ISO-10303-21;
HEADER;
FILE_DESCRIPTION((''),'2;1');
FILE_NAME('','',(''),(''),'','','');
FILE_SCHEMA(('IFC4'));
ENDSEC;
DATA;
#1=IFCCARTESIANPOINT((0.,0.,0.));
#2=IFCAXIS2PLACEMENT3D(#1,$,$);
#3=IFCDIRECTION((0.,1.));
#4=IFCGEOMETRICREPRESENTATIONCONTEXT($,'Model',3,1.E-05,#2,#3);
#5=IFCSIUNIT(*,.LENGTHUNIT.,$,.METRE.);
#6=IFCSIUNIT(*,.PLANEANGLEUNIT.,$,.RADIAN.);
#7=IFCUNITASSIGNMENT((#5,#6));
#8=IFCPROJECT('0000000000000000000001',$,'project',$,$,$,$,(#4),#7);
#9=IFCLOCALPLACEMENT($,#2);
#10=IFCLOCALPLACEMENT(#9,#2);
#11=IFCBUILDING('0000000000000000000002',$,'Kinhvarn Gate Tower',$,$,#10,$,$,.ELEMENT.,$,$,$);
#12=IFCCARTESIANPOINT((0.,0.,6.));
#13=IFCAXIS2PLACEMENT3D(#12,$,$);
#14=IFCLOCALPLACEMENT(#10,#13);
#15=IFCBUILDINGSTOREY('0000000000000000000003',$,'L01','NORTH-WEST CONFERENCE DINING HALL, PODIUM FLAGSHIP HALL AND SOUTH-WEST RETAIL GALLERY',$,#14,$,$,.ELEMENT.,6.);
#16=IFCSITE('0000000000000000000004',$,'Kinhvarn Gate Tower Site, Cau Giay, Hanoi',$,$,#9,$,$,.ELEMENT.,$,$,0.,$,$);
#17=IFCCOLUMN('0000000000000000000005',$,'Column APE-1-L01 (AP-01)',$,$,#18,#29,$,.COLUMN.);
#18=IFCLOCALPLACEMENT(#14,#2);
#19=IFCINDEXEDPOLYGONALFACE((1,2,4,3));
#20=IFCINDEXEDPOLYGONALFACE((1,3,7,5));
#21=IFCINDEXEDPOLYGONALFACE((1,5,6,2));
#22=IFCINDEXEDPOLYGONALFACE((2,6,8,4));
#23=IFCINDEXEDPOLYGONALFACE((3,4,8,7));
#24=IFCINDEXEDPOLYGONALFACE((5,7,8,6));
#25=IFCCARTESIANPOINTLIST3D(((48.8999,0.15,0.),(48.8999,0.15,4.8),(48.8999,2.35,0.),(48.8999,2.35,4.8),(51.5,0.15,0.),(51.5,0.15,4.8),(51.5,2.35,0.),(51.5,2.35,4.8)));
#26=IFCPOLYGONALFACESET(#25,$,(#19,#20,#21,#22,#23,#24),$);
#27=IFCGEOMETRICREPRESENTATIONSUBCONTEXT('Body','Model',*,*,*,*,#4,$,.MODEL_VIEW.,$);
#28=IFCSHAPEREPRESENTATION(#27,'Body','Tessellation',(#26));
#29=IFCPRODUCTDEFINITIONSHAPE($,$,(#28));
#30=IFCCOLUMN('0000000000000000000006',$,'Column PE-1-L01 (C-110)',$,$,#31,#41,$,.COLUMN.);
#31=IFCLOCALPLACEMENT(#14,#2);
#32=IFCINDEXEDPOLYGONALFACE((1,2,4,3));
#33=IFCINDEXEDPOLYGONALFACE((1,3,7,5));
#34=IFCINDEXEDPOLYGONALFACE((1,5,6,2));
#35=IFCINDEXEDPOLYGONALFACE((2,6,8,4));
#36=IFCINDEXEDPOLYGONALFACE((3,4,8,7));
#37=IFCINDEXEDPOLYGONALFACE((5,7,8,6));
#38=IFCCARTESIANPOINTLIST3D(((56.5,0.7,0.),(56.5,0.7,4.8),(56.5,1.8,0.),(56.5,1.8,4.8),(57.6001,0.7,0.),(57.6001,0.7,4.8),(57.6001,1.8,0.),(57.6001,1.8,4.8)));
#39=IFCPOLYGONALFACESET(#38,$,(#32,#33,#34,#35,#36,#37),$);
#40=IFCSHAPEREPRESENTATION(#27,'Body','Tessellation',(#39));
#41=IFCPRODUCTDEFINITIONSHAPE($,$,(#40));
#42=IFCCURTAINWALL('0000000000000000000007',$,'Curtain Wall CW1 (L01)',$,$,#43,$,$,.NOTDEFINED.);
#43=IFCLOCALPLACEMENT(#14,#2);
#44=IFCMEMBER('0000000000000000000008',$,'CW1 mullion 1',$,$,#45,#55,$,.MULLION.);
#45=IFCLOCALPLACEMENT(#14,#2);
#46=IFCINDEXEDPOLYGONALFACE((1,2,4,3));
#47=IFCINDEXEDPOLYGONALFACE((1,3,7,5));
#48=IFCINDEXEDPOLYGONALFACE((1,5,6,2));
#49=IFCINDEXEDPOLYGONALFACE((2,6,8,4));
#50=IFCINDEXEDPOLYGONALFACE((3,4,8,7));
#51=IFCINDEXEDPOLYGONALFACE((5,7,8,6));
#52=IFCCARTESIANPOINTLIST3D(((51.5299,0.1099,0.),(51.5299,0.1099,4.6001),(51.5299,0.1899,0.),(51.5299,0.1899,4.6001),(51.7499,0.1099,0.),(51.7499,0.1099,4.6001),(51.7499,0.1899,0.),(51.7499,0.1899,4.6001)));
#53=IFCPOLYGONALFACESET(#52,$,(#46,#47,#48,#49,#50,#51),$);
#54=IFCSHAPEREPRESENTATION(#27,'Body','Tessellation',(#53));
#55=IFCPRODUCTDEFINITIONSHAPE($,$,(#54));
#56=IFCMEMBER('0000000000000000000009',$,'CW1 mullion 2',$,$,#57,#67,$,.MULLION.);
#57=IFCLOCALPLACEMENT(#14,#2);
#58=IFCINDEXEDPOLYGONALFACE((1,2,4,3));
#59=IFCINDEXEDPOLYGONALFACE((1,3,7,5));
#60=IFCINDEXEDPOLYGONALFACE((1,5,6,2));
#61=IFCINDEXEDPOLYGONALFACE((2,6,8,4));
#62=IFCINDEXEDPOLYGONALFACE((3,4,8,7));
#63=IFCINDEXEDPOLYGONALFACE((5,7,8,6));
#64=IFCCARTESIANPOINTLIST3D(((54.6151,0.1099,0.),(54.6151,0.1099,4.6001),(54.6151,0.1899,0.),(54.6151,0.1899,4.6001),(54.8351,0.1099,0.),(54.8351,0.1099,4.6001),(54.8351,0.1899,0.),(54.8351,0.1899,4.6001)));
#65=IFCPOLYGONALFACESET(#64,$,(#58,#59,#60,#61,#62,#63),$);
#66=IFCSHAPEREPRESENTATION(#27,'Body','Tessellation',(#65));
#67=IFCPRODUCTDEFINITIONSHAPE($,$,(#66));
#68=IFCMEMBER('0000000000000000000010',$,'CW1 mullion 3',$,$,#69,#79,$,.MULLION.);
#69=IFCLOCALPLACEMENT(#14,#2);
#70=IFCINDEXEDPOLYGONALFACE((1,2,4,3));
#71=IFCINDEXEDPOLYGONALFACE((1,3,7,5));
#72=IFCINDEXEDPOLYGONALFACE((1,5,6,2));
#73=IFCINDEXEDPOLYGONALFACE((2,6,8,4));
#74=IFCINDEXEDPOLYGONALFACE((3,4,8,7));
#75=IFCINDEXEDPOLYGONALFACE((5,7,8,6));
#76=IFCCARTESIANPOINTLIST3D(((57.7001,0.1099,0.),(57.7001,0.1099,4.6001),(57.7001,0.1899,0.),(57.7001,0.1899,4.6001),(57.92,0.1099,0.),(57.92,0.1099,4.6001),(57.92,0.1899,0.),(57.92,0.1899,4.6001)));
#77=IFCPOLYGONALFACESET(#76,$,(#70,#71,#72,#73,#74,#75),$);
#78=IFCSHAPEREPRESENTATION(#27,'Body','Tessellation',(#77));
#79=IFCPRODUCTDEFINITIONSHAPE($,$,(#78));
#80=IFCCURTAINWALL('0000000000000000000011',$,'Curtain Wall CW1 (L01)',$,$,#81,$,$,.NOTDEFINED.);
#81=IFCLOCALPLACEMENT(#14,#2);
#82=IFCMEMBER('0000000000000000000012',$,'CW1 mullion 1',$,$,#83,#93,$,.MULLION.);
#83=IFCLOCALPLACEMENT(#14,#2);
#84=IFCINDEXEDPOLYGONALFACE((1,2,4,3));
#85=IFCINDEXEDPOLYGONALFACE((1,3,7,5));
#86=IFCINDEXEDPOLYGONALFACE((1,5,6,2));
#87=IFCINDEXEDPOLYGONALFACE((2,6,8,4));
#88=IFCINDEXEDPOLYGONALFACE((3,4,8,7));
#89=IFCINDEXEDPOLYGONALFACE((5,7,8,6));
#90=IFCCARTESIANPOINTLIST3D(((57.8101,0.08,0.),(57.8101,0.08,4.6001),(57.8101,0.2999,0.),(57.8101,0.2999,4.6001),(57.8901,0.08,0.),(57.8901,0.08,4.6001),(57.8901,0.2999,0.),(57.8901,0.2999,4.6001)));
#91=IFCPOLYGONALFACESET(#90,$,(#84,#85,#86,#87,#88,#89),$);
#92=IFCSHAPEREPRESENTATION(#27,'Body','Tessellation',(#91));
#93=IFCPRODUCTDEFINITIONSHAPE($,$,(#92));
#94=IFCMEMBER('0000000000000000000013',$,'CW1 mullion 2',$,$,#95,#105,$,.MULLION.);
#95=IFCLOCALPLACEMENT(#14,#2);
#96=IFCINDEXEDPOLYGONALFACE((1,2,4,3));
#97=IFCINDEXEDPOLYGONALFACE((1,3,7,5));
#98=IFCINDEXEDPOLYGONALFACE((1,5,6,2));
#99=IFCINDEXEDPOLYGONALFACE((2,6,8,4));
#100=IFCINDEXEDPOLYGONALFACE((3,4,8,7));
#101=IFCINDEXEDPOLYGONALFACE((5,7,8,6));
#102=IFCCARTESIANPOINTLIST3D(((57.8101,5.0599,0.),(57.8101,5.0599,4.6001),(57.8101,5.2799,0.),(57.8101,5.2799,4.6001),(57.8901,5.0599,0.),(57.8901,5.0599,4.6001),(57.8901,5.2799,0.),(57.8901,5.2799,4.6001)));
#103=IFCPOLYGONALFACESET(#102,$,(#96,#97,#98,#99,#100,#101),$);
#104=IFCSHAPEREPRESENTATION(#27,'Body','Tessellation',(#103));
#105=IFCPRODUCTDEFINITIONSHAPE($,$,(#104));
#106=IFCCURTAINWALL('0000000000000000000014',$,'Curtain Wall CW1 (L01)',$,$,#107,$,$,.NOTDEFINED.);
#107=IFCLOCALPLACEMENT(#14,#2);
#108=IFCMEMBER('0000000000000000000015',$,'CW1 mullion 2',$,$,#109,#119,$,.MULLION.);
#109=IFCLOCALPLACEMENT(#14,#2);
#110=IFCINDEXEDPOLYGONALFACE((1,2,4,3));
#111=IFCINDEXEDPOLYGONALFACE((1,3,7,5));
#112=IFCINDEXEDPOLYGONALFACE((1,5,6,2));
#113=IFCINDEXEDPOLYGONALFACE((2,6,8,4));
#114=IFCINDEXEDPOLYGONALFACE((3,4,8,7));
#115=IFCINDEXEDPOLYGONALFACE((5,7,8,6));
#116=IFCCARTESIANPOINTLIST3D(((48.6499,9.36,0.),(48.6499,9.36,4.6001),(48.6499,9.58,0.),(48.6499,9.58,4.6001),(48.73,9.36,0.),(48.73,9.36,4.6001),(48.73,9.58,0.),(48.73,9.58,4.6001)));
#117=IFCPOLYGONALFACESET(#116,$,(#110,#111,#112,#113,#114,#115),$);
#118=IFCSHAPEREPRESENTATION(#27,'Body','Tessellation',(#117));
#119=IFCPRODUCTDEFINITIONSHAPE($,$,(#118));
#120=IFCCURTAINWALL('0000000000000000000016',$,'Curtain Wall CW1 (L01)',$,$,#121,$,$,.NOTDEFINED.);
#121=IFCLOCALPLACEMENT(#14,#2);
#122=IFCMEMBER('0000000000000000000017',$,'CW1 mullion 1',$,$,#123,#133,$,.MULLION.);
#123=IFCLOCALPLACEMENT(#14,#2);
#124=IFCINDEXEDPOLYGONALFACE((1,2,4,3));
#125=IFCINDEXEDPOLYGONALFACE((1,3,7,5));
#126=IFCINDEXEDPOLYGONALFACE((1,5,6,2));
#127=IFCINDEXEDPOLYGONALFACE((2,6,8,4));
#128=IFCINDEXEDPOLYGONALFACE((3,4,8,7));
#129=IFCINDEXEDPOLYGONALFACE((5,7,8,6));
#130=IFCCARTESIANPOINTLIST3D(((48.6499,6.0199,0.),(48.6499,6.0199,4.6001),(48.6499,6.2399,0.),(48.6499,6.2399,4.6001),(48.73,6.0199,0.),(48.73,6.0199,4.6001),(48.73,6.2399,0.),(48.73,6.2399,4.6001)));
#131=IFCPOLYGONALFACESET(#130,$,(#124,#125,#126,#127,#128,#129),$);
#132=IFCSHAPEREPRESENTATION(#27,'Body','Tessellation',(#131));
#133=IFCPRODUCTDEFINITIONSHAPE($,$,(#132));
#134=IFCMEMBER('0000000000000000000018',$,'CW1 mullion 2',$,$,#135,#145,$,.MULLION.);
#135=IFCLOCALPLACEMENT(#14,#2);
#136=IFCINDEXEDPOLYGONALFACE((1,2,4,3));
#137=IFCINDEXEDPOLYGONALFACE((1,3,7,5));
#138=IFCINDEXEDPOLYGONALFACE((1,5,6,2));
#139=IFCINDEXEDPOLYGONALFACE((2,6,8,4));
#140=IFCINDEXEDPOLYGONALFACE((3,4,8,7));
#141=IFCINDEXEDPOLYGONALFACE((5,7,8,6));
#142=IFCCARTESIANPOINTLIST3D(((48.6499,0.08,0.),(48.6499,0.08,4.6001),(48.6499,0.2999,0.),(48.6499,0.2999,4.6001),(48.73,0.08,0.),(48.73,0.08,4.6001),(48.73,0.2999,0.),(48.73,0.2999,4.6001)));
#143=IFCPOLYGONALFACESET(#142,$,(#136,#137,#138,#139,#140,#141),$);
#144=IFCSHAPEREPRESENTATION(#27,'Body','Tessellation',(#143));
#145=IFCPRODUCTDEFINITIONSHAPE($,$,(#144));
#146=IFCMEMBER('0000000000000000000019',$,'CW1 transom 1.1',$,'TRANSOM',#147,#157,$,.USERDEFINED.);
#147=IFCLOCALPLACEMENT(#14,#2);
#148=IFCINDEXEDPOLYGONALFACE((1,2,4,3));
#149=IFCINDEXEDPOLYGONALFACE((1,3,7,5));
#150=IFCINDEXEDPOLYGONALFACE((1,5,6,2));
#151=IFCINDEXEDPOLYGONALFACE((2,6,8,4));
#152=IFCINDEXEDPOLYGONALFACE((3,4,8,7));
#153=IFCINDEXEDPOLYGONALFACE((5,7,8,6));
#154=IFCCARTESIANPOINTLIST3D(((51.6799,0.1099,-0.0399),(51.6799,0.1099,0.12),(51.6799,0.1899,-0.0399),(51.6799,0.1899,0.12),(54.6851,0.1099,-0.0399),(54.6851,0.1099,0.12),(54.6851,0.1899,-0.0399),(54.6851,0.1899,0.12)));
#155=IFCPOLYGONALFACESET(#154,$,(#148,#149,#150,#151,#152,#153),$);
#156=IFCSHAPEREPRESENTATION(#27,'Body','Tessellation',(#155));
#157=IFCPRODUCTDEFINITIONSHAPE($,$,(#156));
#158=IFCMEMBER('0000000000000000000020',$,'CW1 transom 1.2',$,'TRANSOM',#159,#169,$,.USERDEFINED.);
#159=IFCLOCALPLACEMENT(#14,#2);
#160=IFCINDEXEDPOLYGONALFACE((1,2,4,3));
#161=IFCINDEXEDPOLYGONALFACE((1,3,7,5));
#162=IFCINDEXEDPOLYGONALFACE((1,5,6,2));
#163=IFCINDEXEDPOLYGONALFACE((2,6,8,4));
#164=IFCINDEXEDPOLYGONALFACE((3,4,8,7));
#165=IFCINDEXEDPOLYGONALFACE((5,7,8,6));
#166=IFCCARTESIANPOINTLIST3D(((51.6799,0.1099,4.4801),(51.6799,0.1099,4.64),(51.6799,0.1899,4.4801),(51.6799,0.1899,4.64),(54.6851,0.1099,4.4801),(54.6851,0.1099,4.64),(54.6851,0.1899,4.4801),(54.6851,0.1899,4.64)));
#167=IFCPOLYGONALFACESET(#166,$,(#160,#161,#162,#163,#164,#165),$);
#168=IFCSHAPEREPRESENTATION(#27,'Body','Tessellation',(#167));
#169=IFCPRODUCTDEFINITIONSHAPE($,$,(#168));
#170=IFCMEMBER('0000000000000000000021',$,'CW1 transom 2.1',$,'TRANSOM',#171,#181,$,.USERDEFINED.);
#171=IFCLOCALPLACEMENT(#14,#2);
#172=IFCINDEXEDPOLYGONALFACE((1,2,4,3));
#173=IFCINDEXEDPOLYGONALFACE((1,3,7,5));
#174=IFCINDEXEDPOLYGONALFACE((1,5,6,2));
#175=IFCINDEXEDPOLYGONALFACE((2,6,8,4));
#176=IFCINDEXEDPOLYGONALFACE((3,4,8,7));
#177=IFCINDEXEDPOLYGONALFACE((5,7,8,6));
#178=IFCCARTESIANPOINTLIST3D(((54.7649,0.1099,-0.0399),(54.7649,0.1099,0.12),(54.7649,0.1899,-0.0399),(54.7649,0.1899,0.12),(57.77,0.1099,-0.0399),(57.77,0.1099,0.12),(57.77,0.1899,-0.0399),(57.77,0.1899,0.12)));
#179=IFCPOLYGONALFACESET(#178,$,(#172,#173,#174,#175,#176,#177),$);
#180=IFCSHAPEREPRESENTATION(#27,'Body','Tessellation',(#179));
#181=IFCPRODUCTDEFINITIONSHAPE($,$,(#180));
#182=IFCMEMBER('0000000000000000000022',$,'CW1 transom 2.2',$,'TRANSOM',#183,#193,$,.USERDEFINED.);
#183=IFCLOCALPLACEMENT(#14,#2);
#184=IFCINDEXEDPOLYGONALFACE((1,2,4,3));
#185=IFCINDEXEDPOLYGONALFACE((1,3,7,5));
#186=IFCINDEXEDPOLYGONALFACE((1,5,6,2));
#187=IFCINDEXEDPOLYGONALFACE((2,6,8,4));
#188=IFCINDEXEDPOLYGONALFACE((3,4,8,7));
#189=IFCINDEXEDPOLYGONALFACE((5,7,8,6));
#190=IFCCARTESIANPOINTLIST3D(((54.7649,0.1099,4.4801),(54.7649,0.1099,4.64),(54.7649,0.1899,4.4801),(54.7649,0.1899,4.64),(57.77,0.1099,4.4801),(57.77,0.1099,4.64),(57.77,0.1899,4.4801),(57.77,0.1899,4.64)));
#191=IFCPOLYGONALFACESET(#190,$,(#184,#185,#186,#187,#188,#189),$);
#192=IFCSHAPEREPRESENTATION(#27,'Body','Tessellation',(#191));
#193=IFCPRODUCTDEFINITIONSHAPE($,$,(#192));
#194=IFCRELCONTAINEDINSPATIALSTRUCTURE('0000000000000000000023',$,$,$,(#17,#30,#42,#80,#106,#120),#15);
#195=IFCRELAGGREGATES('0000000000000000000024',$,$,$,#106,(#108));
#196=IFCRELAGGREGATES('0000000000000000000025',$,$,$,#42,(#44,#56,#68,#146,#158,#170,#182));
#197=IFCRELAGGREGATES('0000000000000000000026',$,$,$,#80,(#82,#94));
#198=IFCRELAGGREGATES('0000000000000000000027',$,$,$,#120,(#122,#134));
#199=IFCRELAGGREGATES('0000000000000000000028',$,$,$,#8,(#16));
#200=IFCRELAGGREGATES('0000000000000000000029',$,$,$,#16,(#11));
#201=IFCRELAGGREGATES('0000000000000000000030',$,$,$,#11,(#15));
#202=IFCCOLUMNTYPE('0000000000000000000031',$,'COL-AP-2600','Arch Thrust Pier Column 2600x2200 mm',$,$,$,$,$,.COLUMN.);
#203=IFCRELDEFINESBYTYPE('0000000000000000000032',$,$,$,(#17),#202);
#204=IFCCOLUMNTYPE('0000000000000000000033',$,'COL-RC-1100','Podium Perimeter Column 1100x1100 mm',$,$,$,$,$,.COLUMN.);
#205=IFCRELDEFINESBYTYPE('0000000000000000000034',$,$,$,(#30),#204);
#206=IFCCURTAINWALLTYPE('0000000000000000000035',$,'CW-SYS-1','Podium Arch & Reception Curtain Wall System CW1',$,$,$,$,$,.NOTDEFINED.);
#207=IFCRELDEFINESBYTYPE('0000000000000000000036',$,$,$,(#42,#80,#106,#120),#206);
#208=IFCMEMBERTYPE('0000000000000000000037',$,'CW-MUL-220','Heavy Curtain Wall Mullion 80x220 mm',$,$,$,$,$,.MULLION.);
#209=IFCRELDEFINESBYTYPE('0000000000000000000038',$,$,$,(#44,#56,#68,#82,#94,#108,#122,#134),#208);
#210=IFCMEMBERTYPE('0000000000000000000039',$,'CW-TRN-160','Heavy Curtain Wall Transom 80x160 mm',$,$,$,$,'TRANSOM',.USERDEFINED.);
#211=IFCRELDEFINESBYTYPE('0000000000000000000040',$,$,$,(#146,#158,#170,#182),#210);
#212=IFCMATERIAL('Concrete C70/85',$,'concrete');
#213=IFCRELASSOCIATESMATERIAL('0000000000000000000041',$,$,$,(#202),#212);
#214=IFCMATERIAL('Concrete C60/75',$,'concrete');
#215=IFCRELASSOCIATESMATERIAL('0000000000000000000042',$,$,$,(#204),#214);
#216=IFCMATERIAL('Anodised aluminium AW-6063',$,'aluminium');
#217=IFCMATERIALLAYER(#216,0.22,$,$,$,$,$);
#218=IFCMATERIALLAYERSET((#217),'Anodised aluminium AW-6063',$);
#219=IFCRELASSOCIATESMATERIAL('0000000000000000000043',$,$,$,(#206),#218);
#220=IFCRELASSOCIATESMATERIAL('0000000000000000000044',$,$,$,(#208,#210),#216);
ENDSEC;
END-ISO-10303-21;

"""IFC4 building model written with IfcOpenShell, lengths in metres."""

from ifc_helpers import new_model, si_unit, direction, frame, origin, origin_2d, place, context, subcontext, project, spatial, rectangle, extrude, material, layer, layer_set, material_profile, profile_set, type_object, element, aggregate, save


model = new_model("IFC4")

# Units and contexts
model_context = context("Model", 3, precision=1e-05, world=origin(), true_north=direction((0.0, 1.0)))
body_context = subcontext(model_context, "Body", "Model", "MODEL_VIEW")
ifc_project = project(units=[si_unit("LENGTHUNIT", "METRE"), si_unit("PLANEANGLEUNIT", "RADIAN")], contexts=[model_context])

# Site, building, storey
site_placement = place(None, origin())
site = spatial("IfcSite", under=ifc_project, at=site_placement, Name="Kinhvarn Gate Tower Site, Cau Giay, Hanoi", CompositionType="ELEMENT", RefElevation=0.0)
building_placement = place(site_placement, origin())
building = spatial("IfcBuilding", under=site, at=building_placement, Name="Kinhvarn Gate Tower", CompositionType="ELEMENT")
storey_placement = place(building_placement, frame((0.0, 0.0, 6.0)))
storey = spatial("IfcBuildingStorey", under=building, at=storey_placement, Name="L01", Description="NORTH-WEST CONFERENCE DINING HALL, PODIUM FLAGSHIP HALL AND SOUTH-WEST RETAIL GALLERY", CompositionType="ELEMENT", Elevation=6.0)

# Columns
ifc_material_1 = material(Name="Concrete C70/85", Category="concrete")
ifc_material_profile_1 = material_profile(ifc_material_1, rectangle(XDim=2.6001, YDim=2.2, at=origin_2d()), Name="RC 2600x2200")
ifc_profile_set_1 = profile_set([ifc_material_profile_1], Name="Concrete C70/85")
column_type_1 = type_object("IfcColumnType", Name="COL-AP-2600", Description="Arch Thrust Pier Column 2600x2200 mm", PredefinedType="COLUMN", material=ifc_profile_set_1)
column_1_placement = place(storey_placement, frame((50.2, 1.25, 0.0), z_axis=(0.0, 0.0, 1.0), x_axis=(1.0, 0.0, 0.0)))
element("IfcColumn", 1, at=column_1_placement, inside=storey, type_object=column_type_1, Name="Column APE-1-L01 (AP-01)", PredefinedType="COLUMN", context=body_context, shape_type="SweptSolid", body=[
    extrude(rectangle(XDim=2.6001, YDim=2.2, at=origin_2d()), origin(), (0.0, 0.0, 1.0), 4.8),
])
ifc_material_2 = material(Name="Concrete C60/75", Category="concrete")
ifc_material_profile_2 = material_profile(ifc_material_2, rectangle(XDim=1.1001, YDim=1.1001, at=origin_2d()), Name="RC 1100x1100")
ifc_profile_set_2 = profile_set([ifc_material_profile_2], Name="Concrete C60/75")
column_type_2 = type_object("IfcColumnType", Name="COL-RC-1100", Description="Podium Perimeter Column 1100x1100 mm", PredefinedType="COLUMN", material=ifc_profile_set_2)
column_2_placement = place(storey_placement, frame((57.05, 1.25, 0.0), z_axis=(0.0, 0.0, 1.0), x_axis=(1.0, 0.0, 0.0)))
element("IfcColumn", 2, at=column_2_placement, inside=storey, type_object=column_type_2, Name="Column PE-1-L01 (C-110)", PredefinedType="COLUMN", context=body_context, shape_type="SweptSolid", body=[
    extrude(rectangle(XDim=1.1001, YDim=1.1001, at=origin_2d()), origin(), (0.0, 0.0, 1.0), 4.8),
])

# Curtain walls, members
ifc_material_3 = material(Name="Anodised aluminium AW-6063", Category="aluminium")
ifc_layer_1 = layer(ifc_material_3, 0.22)
ifc_layer_set_1 = layer_set([ifc_layer_1], Name="Anodised aluminium AW-6063")
curtain_wall_type = type_object("IfcCurtainWallType", Name="CW-SYS-1", Description="Podium Arch & Reception Curtain Wall System CW1", PredefinedType="NOTDEFINED", material=ifc_layer_set_1)
curtain_wall_1_placement = place(storey_placement, origin())
curtain_wall_1 = element("IfcCurtainWall", 3, at=curtain_wall_1_placement, inside=storey, type_object=curtain_wall_type, Name="Curtain Wall CW1 (L01)", PredefinedType="NOTDEFINED")
ifc_material_profile_3 = material_profile(ifc_material_3, rectangle(XDim=0.0801, YDim=0.22, at=origin_2d()), Name="ALU 80x220")
ifc_profile_set_3 = profile_set([ifc_material_profile_3], Name="Anodised aluminium AW-6063")
member_type_1 = type_object("IfcMemberType", Name="CW-MUL-220", Description="Heavy Curtain Wall Mullion 80x220 mm", PredefinedType="MULLION", material=ifc_profile_set_3)
member_1_placement = place(storey_placement, frame((51.6399, 0.1499, 0.0), z_axis=(0.0, 0.0, 1.0), x_axis=(0.0, 1.0, 0.0)))
member_1 = element("IfcMember", 4, at=member_1_placement, type_object=member_type_1, Name="CW1 mullion 1", PredefinedType="MULLION", context=body_context, shape_type="SweptSolid", body=[
    extrude(rectangle(XDim=0.0801, YDim=0.22, at=origin_2d()), origin(), (0.0, 0.0, 1.0), 4.6001),
])
member_2_placement = place(storey_placement, frame((54.7251, 0.1499, 0.0), z_axis=(0.0, 0.0, 1.0), x_axis=(0.0, 1.0, 0.0)))
member_2 = element("IfcMember", 5, at=member_2_placement, type_object=member_type_1, Name="CW1 mullion 2", PredefinedType="MULLION", context=body_context, shape_type="SweptSolid", body=[
    extrude(rectangle(XDim=0.0801, YDim=0.22, at=origin_2d()), origin(), (0.0, 0.0, 1.0), 4.6001),
])
member_3_placement = place(storey_placement, frame((57.8101, 0.1499, 0.0), z_axis=(0.0, 0.0, 1.0), x_axis=(0.0, 1.0, 0.0)))
member_3 = element("IfcMember", 6, at=member_3_placement, type_object=member_type_1, Name="CW1 mullion 3", PredefinedType="MULLION", context=body_context, shape_type="SweptSolid", body=[
    extrude(rectangle(XDim=0.0801, YDim=0.22, at=origin_2d()), origin(), (0.0, 0.0, 1.0), 4.6001),
])
curtain_wall_2_placement = place(storey_placement, origin())
curtain_wall_2 = element("IfcCurtainWall", 7, at=curtain_wall_2_placement, inside=storey, type_object=curtain_wall_type, Name="Curtain Wall CW1 (L01)", PredefinedType="NOTDEFINED")
member_4_placement = place(storey_placement, frame((57.8501, 0.1899, 0.0), z_axis=(0.0, 0.0, 1.0), x_axis=(-1.0, 0.0, 0.0)))
member_4 = element("IfcMember", 8, at=member_4_placement, type_object=member_type_1, Name="CW1 mullion 1", PredefinedType="MULLION", context=body_context, shape_type="SweptSolid", body=[
    extrude(rectangle(XDim=0.0801, YDim=0.22, at=origin_2d()), origin(), (0.0, 0.0, 1.0), 4.6001),
])
member_5_placement = place(storey_placement, frame((57.8501, 5.1699, 0.0), z_axis=(0.0, 0.0, 1.0), x_axis=(-1.0, 0.0, 0.0)))
member_5 = element("IfcMember", 9, at=member_5_placement, type_object=member_type_1, Name="CW1 mullion 2", PredefinedType="MULLION", context=body_context, shape_type="SweptSolid", body=[
    extrude(rectangle(XDim=0.0801, YDim=0.22, at=origin_2d()), origin(), (0.0, 0.0, 1.0), 4.6001),
])

# Curtain wall, member
curtain_wall_3_placement = place(storey_placement, origin())
curtain_wall_3 = element("IfcCurtainWall", 10, at=curtain_wall_3_placement, inside=storey, type_object=curtain_wall_type, Name="Curtain Wall CW1 (L01)", PredefinedType="NOTDEFINED")
member_6_placement = place(storey_placement, frame((48.6899, 9.47, 0.0), z_axis=(0.0, 0.0, 1.0), x_axis=(1.0, 0.0, 0.0)))
member_6 = element("IfcMember", 11, at=member_6_placement, type_object=member_type_1, Name="CW1 mullion 2", PredefinedType="MULLION", context=body_context, shape_type="SweptSolid", body=[
    extrude(rectangle(XDim=0.0801, YDim=0.22, at=origin_2d()), origin(), (0.0, 0.0, 1.0), 4.6001),
])
aggregate(curtain_wall_3, [member_6])

# Curtain wall, members
curtain_wall_4_placement = place(storey_placement, origin())
curtain_wall_4 = element("IfcCurtainWall", 12, at=curtain_wall_4_placement, inside=storey, type_object=curtain_wall_type, Name="Curtain Wall CW1 (L01)", PredefinedType="NOTDEFINED")
member_7_placement = place(storey_placement, frame((48.6899, 6.1299, 0.0), z_axis=(0.0, 0.0, 1.0), x_axis=(1.0, 0.0, 0.0)))
member_7 = element("IfcMember", 13, at=member_7_placement, type_object=member_type_1, Name="CW1 mullion 1", PredefinedType="MULLION", context=body_context, shape_type="SweptSolid", body=[
    extrude(rectangle(XDim=0.0801, YDim=0.22, at=origin_2d()), origin(), (0.0, 0.0, 1.0), 4.6001),
])
member_8_placement = place(storey_placement, frame((48.6899, 0.1899, 0.0), z_axis=(0.0, 0.0, 1.0), x_axis=(1.0, 0.0, 0.0)))
member_8 = element("IfcMember", 14, at=member_8_placement, type_object=member_type_1, Name="CW1 mullion 2", PredefinedType="MULLION", context=body_context, shape_type="SweptSolid", body=[
    extrude(rectangle(XDim=0.0801, YDim=0.22, at=origin_2d()), origin(), (0.0, 0.0, 1.0), 4.6001),
])

# Members
ifc_material_profile_4 = material_profile(ifc_material_3, rectangle(XDim=0.0801, YDim=0.1599, at=origin_2d()), Name="ALU 80x160")
ifc_profile_set_4 = profile_set([ifc_material_profile_4], Name="Anodised aluminium AW-6063")
member_type_2 = type_object("IfcMemberType", Name="CW-TRN-160", Description="Heavy Curtain Wall Transom 80x160 mm", ElementType="TRANSOM", PredefinedType="USERDEFINED", material=ifc_profile_set_4)
member_9_placement = place(storey_placement, frame((51.6799, 0.1499, 0.04), z_axis=(1.0, 0.0, 0.0), x_axis=(0.0, 1.0, 0.0)))
member_9 = element("IfcMember", 15, at=member_9_placement, type_object=member_type_2, Name="CW1 transom 1.1", ObjectType="TRANSOM", PredefinedType="USERDEFINED", context=body_context, shape_type="SweptSolid", body=[
    extrude(rectangle(XDim=0.0801, YDim=0.1599, at=origin_2d()), origin(), (0.0, 0.0, 1.0), 3.0051),
])
member_10_placement = place(storey_placement, frame((51.6799, 0.1499, 4.5601), z_axis=(1.0, 0.0, 0.0), x_axis=(0.0, 1.0, 0.0)))
member_10 = element("IfcMember", 16, at=member_10_placement, type_object=member_type_2, Name="CW1 transom 1.2", ObjectType="TRANSOM", PredefinedType="USERDEFINED", context=body_context, shape_type="SweptSolid", body=[
    extrude(rectangle(XDim=0.0801, YDim=0.1599, at=origin_2d()), origin(), (0.0, 0.0, 1.0), 3.0051),
])
member_11_placement = place(storey_placement, frame((54.7649, 0.1499, 0.04), z_axis=(1.0, 0.0, 0.0), x_axis=(0.0, 1.0, 0.0)))
member_11 = element("IfcMember", 17, at=member_11_placement, type_object=member_type_2, Name="CW1 transom 2.1", ObjectType="TRANSOM", PredefinedType="USERDEFINED", context=body_context, shape_type="SweptSolid", body=[
    extrude(rectangle(XDim=0.0801, YDim=0.1599, at=origin_2d()), origin(), (0.0, 0.0, 1.0), 3.0051),
])
member_12_placement = place(storey_placement, frame((54.7649, 0.1499, 4.5601), z_axis=(1.0, 0.0, 0.0), x_axis=(0.0, 1.0, 0.0)))
member_12 = element("IfcMember", 18, at=member_12_placement, type_object=member_type_2, Name="CW1 transom 2.2", ObjectType="TRANSOM", PredefinedType="USERDEFINED", context=body_context, shape_type="SweptSolid", body=[
    extrude(rectangle(XDim=0.0801, YDim=0.1599, at=origin_2d()), origin(), (0.0, 0.0, 1.0), 3.0051),
])

aggregate(curtain_wall_1, [member_1, member_2, member_3, member_9, member_10, member_11, member_12])
aggregate(curtain_wall_2, [member_4, member_5])
aggregate(curtain_wall_4, [member_7, member_8])

save(model, "model.ifc")
